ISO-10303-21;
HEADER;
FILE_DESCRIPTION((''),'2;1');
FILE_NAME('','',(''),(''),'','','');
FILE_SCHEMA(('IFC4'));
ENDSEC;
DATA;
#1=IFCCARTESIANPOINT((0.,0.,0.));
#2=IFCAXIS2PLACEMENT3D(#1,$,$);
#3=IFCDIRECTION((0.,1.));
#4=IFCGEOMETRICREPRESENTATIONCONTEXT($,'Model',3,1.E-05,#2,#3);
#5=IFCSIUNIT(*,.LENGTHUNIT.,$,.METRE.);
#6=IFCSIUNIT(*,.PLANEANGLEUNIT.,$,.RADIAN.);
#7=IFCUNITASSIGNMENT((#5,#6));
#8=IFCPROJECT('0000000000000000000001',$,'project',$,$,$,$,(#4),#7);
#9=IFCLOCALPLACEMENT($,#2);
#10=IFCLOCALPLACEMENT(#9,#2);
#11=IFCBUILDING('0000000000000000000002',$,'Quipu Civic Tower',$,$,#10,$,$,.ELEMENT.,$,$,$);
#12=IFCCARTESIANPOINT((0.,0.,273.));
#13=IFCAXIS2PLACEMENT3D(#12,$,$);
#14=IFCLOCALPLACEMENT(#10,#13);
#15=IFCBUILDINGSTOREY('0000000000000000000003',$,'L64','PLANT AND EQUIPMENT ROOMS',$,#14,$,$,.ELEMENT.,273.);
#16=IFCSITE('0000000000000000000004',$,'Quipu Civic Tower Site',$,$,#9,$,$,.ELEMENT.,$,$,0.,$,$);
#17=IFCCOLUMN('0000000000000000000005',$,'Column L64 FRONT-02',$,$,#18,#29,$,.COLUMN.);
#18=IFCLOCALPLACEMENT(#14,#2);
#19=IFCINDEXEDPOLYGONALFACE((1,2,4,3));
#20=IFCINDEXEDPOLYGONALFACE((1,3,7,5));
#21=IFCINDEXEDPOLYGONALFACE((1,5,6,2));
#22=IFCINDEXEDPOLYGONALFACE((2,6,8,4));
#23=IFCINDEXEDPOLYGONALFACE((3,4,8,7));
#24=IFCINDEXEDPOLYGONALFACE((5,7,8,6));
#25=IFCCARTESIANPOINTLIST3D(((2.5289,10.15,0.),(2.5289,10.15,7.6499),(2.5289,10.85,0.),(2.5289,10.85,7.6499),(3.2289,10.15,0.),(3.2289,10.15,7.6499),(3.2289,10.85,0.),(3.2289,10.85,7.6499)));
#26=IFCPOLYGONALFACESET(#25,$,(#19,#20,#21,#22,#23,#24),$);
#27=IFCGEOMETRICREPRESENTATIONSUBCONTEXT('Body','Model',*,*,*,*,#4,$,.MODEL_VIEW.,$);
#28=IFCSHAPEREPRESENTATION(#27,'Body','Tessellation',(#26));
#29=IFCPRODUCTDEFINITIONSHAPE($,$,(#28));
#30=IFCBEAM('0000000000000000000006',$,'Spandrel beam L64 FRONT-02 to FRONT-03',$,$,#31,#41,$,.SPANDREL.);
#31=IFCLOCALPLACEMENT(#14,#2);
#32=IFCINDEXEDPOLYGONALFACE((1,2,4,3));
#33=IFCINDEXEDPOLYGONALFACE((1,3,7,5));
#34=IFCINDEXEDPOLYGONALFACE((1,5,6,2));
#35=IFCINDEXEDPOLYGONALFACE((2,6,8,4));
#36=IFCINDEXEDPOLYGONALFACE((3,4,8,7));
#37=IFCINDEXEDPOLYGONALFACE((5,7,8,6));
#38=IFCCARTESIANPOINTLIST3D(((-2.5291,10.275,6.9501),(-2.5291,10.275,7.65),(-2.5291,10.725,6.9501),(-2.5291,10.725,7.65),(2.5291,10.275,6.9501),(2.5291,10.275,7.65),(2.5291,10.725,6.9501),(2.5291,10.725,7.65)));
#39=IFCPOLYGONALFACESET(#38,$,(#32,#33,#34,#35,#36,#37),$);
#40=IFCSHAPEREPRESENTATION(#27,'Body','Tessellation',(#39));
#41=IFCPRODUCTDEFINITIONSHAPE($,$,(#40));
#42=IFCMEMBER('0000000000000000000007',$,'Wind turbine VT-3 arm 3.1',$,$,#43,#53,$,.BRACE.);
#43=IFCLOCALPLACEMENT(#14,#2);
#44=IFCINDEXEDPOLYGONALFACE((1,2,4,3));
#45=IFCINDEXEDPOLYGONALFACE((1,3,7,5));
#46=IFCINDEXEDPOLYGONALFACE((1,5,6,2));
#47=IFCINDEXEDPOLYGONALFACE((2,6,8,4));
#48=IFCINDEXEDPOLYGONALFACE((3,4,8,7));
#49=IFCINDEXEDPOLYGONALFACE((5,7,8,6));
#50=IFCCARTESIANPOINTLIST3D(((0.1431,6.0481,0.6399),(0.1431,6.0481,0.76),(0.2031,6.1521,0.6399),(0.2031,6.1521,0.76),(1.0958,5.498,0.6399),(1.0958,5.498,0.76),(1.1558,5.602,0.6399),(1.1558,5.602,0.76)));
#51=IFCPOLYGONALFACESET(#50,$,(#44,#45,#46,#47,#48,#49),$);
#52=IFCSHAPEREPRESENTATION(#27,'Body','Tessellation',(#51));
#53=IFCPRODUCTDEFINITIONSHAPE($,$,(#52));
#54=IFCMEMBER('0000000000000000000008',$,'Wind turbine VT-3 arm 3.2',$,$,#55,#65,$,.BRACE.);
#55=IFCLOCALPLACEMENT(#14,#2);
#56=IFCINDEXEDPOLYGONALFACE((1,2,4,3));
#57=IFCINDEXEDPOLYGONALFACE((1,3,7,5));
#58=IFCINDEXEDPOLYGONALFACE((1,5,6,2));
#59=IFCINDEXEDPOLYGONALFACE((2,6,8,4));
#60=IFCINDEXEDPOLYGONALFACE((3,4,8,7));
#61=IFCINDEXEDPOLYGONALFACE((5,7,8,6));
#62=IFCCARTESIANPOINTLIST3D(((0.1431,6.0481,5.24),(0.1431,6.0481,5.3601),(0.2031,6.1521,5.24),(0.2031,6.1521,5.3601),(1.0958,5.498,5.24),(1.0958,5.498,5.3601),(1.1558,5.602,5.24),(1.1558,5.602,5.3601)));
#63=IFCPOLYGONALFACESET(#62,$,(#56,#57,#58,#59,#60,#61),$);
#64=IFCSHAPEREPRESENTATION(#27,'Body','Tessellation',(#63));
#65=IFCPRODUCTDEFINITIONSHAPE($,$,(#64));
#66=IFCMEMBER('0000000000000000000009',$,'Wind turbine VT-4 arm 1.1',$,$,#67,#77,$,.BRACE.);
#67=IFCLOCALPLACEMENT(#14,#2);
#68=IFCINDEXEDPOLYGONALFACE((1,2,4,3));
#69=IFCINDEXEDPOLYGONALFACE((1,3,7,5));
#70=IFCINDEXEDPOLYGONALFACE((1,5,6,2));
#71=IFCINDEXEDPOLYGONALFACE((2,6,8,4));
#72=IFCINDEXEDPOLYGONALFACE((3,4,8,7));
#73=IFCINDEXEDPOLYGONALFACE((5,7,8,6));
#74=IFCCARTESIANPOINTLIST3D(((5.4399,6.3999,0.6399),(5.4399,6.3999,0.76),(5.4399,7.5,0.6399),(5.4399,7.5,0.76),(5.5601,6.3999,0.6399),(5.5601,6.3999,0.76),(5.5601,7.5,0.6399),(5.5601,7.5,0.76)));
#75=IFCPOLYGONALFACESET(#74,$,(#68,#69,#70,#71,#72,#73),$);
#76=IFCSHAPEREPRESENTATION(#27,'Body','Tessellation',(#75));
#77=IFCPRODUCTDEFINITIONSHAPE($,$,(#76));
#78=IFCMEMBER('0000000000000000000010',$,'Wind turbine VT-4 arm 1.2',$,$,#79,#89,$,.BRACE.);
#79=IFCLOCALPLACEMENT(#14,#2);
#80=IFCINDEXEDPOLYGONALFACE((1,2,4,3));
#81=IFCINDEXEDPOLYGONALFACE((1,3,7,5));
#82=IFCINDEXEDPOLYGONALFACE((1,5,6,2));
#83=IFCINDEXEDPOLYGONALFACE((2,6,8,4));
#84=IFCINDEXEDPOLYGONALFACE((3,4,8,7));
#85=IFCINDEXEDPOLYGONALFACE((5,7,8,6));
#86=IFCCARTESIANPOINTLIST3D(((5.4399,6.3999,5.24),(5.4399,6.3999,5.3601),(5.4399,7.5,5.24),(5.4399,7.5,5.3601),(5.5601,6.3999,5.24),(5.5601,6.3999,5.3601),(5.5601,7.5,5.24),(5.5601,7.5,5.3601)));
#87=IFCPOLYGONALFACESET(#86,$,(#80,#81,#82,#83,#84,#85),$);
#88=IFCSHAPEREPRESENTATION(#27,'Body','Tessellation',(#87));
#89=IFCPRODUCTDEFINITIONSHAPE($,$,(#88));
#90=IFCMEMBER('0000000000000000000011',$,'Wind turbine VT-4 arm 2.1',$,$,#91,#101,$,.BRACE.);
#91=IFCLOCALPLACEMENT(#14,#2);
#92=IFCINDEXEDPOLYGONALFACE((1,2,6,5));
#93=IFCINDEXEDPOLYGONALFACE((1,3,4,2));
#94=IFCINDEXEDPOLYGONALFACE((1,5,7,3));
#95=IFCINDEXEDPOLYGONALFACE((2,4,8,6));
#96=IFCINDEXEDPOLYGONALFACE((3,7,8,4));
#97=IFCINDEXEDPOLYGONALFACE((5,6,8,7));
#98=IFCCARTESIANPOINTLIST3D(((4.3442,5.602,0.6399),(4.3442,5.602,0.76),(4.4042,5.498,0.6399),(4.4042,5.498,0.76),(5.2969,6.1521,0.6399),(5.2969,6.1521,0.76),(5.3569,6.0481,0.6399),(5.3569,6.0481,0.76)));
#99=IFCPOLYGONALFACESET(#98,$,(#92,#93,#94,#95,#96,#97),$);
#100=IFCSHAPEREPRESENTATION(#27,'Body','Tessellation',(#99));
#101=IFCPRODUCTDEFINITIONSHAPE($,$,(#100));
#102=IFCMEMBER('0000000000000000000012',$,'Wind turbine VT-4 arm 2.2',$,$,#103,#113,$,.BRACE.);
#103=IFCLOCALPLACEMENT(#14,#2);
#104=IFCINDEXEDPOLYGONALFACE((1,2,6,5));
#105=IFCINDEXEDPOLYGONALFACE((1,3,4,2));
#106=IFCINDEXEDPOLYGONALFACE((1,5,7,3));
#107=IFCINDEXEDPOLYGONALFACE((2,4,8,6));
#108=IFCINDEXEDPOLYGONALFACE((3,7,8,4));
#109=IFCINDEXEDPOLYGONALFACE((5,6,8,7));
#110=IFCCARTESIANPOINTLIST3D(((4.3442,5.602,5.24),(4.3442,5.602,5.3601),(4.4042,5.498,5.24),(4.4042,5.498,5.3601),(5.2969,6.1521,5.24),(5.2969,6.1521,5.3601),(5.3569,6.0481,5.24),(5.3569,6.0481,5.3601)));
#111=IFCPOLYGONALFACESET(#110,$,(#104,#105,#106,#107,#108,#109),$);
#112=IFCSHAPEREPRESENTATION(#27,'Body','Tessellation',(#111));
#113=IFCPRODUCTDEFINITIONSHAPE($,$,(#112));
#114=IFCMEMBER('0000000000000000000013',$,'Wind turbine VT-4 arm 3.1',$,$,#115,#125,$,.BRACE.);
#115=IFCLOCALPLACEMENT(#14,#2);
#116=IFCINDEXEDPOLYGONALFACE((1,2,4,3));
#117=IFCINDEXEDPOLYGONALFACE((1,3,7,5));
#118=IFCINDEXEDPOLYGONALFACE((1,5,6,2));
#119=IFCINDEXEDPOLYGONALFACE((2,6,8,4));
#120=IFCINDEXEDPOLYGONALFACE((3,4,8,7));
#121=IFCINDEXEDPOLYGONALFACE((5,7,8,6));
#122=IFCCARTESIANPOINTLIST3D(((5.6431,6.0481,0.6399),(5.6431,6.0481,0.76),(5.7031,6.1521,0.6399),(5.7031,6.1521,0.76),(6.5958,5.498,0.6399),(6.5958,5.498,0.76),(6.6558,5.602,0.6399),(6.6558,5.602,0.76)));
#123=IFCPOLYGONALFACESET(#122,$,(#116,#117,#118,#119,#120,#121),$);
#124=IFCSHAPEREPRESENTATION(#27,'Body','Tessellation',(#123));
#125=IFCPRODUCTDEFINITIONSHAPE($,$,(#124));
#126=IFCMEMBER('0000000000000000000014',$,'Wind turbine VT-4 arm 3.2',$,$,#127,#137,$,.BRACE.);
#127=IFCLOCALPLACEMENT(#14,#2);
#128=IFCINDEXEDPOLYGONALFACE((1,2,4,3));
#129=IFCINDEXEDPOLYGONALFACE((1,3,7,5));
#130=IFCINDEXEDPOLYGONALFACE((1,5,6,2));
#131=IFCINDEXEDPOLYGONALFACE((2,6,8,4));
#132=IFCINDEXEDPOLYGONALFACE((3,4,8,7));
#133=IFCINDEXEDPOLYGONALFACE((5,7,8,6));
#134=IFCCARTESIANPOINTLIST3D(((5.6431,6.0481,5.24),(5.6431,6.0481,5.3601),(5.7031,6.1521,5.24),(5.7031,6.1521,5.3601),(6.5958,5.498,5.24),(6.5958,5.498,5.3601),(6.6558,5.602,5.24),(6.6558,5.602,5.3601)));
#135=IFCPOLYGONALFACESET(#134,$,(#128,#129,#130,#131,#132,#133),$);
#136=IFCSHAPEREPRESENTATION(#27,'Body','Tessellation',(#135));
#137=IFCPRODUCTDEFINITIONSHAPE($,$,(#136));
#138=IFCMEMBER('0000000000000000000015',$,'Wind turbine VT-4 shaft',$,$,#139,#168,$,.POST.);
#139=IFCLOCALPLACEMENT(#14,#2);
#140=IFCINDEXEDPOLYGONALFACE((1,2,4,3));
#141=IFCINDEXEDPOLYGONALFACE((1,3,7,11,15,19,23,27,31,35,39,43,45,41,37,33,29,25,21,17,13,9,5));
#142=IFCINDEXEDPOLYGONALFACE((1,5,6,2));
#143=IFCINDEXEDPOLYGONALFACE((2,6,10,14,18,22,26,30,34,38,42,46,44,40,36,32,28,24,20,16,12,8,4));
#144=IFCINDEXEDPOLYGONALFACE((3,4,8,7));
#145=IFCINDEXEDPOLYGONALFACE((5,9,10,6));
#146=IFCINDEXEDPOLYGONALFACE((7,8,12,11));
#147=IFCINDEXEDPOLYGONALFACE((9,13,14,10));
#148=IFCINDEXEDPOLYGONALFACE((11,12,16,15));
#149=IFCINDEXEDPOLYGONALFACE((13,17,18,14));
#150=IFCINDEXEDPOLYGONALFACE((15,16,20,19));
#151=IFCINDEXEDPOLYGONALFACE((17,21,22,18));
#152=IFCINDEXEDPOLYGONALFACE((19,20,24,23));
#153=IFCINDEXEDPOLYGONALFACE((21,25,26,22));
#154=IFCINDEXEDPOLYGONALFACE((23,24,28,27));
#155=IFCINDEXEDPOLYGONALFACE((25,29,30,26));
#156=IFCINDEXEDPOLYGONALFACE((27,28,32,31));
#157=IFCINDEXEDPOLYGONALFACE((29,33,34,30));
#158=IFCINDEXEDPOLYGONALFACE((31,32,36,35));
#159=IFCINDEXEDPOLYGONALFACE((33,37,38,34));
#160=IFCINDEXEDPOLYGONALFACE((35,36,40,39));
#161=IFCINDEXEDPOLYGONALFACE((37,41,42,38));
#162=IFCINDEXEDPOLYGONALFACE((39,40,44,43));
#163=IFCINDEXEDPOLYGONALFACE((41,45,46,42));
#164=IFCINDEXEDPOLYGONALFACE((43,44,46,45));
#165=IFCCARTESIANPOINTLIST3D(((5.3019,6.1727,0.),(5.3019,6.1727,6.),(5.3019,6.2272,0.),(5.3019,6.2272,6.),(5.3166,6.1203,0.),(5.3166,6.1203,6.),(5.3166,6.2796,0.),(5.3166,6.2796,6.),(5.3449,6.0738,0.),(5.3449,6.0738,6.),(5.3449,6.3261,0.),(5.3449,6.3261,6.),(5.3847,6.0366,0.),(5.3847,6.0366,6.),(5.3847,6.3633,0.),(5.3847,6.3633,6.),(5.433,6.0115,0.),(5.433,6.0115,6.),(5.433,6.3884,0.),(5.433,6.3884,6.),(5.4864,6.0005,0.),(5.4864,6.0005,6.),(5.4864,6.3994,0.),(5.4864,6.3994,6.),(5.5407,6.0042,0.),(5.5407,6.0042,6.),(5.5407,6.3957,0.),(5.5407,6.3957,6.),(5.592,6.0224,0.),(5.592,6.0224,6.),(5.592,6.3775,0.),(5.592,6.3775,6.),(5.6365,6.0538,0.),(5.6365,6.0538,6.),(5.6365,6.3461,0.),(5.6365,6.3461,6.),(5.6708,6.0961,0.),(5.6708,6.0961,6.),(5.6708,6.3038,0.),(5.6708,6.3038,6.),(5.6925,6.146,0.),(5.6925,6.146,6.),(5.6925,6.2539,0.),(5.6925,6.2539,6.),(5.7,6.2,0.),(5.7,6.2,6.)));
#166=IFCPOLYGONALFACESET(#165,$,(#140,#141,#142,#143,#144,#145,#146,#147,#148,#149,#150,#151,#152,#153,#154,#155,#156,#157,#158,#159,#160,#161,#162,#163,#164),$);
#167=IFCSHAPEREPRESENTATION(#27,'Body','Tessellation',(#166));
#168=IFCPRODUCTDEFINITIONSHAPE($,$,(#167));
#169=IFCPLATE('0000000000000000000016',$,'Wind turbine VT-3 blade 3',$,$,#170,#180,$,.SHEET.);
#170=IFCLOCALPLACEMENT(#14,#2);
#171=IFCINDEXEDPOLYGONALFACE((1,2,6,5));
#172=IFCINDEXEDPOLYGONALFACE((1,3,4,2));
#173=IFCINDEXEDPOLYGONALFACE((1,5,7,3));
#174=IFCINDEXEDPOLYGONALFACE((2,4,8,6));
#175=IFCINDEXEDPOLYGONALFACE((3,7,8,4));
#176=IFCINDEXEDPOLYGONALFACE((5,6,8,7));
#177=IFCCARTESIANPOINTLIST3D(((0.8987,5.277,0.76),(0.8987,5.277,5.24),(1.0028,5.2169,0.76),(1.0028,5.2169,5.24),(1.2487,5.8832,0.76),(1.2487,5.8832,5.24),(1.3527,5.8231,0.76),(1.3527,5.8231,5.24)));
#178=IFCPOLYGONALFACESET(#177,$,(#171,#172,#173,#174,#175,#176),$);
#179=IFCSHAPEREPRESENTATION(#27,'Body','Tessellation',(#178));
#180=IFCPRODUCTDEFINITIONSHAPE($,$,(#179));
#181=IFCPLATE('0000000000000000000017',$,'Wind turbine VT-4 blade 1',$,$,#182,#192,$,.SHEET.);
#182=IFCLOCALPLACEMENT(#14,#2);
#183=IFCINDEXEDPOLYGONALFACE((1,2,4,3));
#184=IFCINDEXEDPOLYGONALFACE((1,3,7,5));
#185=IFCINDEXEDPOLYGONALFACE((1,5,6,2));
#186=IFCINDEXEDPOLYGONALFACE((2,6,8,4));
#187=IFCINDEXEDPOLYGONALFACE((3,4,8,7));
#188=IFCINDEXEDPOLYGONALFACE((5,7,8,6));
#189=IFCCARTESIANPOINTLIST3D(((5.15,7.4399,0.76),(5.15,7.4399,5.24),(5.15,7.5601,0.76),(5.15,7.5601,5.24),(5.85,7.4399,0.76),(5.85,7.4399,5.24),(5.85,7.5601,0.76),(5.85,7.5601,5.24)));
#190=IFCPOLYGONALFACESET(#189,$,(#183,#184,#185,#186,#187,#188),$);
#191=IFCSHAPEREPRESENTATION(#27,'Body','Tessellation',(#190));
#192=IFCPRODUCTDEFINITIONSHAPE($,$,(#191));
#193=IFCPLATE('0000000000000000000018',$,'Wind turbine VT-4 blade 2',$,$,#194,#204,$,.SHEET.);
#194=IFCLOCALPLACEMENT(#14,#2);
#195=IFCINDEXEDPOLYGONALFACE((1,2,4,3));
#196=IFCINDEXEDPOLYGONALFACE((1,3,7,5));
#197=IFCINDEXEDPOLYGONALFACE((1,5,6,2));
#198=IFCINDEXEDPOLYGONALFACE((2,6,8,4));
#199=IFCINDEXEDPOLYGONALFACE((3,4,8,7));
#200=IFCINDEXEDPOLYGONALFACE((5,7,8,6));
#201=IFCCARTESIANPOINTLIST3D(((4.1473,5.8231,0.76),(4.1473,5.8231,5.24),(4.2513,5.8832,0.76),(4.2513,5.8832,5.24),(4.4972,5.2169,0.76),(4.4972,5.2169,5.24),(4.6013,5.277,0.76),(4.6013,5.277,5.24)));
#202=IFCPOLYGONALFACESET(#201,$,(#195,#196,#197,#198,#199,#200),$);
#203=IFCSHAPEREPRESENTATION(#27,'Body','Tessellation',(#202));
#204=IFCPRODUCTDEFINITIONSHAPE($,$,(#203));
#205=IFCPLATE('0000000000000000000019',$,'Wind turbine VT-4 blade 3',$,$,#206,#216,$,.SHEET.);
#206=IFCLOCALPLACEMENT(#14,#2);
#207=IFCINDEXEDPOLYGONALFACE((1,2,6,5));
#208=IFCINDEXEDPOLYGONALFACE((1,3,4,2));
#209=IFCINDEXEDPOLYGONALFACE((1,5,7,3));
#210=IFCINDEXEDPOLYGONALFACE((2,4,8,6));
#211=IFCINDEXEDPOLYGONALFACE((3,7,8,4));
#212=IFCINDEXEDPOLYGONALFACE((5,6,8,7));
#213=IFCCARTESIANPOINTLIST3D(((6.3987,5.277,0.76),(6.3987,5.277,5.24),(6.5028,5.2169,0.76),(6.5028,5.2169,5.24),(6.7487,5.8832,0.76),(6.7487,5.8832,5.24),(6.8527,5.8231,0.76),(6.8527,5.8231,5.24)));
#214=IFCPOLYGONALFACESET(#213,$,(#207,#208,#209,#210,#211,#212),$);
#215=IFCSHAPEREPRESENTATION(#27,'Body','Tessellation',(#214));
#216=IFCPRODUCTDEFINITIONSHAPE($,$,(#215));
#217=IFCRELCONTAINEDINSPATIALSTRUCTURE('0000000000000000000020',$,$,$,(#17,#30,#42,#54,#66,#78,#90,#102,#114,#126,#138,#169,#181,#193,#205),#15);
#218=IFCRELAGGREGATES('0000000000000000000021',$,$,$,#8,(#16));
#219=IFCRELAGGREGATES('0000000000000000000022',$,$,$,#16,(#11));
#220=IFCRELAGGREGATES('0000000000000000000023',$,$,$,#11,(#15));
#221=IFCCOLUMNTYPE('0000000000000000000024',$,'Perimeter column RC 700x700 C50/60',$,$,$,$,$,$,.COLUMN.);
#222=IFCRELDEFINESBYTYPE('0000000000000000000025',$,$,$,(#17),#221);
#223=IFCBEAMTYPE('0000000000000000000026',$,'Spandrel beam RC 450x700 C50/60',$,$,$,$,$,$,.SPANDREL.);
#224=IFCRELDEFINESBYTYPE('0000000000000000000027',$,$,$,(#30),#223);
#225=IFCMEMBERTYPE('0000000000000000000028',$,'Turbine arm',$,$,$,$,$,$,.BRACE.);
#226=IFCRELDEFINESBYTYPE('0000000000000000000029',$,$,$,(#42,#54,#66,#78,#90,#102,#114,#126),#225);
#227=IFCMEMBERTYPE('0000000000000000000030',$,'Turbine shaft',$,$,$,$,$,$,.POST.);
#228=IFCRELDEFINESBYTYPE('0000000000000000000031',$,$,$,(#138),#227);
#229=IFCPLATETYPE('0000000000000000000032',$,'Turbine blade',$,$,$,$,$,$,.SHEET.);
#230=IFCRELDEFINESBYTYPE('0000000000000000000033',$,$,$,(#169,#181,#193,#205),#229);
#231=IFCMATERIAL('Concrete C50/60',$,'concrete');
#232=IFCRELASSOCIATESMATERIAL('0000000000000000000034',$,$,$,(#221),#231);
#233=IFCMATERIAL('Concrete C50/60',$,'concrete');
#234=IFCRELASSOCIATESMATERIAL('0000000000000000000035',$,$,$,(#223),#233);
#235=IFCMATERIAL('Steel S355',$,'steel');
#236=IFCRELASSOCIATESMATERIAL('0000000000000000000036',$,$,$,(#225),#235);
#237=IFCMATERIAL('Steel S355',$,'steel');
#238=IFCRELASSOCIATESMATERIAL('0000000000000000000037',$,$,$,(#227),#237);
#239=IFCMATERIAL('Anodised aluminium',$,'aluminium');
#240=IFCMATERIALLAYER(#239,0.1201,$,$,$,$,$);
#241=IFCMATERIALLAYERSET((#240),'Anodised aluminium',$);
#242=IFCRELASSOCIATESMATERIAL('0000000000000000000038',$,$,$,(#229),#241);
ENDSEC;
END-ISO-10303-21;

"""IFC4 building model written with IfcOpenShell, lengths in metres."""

from ifc_helpers import new_model, si_unit, direction, frame, origin, origin_2d, place, context, subcontext, project, spatial, rectangle, circle, extrude, material, layer, layer_set, material_profile, profile_set, type_object, element, save


model = new_model("IFC4")

# Units and contexts
model_context = context("Model", 3, precision=1e-05, world=origin(), true_north=direction((0.0, 1.0)))
body_context = subcontext(model_context, "Body", "Model", "MODEL_VIEW")
ifc_project = project(units=[si_unit("LENGTHUNIT", "METRE"), si_unit("PLANEANGLEUNIT", "RADIAN")], contexts=[model_context])

# Site, building, storey
site_placement = place(None, origin())
site = spatial("IfcSite", under=ifc_project, at=site_placement, Name="Quipu Civic Tower Site", CompositionType="ELEMENT", RefElevation=0.0)
building_placement = place(site_placement, origin())
building = spatial("IfcBuilding", under=site, at=building_placement, Name="Quipu Civic Tower", CompositionType="ELEMENT")
storey_placement = place(building_placement, frame((0.0, 0.0, 273.0)))
storey = spatial("IfcBuildingStorey", under=building, at=storey_placement, Name="L64", Description="PLANT AND EQUIPMENT ROOMS", CompositionType="ELEMENT", Elevation=273.0)

# Column
ifc_material_1 = material(Name="Concrete C50/60", Category="concrete")
ifc_material_profile_1 = material_profile(ifc_material_1, rectangle(XDim=0.7, YDim=0.7, at=origin_2d()), Name="RC700x700")
ifc_profile_set_1 = profile_set([ifc_material_profile_1], Name="Concrete C50/60")
column_type = type_object("IfcColumnType", Name="Perimeter column RC 700x700 C50/60", PredefinedType="COLUMN", material=ifc_profile_set_1)
column_placement = place(storey_placement, frame((2.8789, 10.5, 0.0), z_axis=(0.0, 0.0, 1.0), x_axis=(-1.0, 0.0, 0.0)))
element("IfcColumn", 1, at=column_placement, inside=storey, type_object=column_type, Name="Column L64 FRONT-02", PredefinedType="COLUMN", context=body_context, shape_type="SweptSolid", body=[
    extrude(rectangle(XDim=0.7, YDim=0.7, at=origin_2d()), origin(), (0.0, 0.0, 1.0), 7.6499),
])

# Beam
ifc_material_2 = material(Name="Concrete C50/60", Category="concrete")
ifc_material_profile_2 = material_profile(ifc_material_2, rectangle(XDim=0.45, YDim=0.7, at=origin_2d()), Name="RC450x700")
ifc_profile_set_2 = profile_set([ifc_material_profile_2], Name="Concrete C50/60")
beam_type = type_object("IfcBeamType", Name="Spandrel beam RC 450x700 C50/60", PredefinedType="SPANDREL", material=ifc_profile_set_2)
beam_placement = place(storey_placement, frame((2.5291, 10.5, 7.3), z_axis=(-1.0, 0.0, 0.0), x_axis=(0.0, -1.0, 0.0)))
element("IfcBeam", 2, at=beam_placement, inside=storey, type_object=beam_type, Name="Spandrel beam L64 FRONT-02 to FRONT-03", PredefinedType="SPANDREL", context=body_context, shape_type="SweptSolid", body=[
    extrude(rectangle(XDim=0.45, YDim=0.7, at=origin_2d()), origin(), (0.0, 0.0, 1.0), 5.0581),
])

# Members
ifc_material_3 = material(Name="Steel S355", Category="steel")
ifc_material_profile_3 = material_profile(ifc_material_3, rectangle(XDim=0.1201, YDim=0.1201, at=origin_2d()), Name="RECT 120x120")
ifc_profile_set_3 = profile_set([ifc_material_profile_3], Name="Steel S355")
member_type_1 = type_object("IfcMemberType", Name="Turbine arm", PredefinedType="BRACE", material=ifc_profile_set_3)
for number, where, z_axis, x_axis, name in (
    (3, (0.1731, 6.1001, 0.7), (0.866008, -0.50003, 0.0), (0.50003, 0.866008, 0.0), "Wind turbine VT-3 arm 3.1"),
    (4, (0.1731, 6.1001, 5.3), (0.866008, -0.50003, 0.0), (0.50003, 0.866008, 0.0), "Wind turbine VT-3 arm 3.2"),
    (5, (5.5, 6.3999, 0.7), (0.0, 1.0, 0.0), (-1.0, 0.0, 0.0), "Wind turbine VT-4 arm 1.1"),
    (6, (5.5, 6.3999, 5.3), (0.0, 1.0, 0.0), (-1.0, 0.0, 0.0), "Wind turbine VT-4 arm 1.2"),
    (7, (5.3269, 6.1001, 0.7), (-0.866008, -0.50003, 0.0), (0.50003, -0.866008, 0.0), "Wind turbine VT-4 arm 2.1"),
    (8, (5.3269, 6.1001, 5.3), (-0.866008, -0.50003, 0.0), (0.50003, -0.866008, 0.0), "Wind turbine VT-4 arm 2.2"),
    (9, (5.6731, 6.1001, 0.7), (0.866008, -0.50003, 0.0), (0.50003, 0.866008, 0.0), "Wind turbine VT-4 arm 3.1"),
    (10, (5.6731, 6.1001, 5.3), (0.866008, -0.50003, 0.0), (0.50003, 0.866008, 0.0), "Wind turbine VT-4 arm 3.2"),
):
    element("IfcMember", number, at=place(storey_placement, frame(where, z_axis=z_axis, x_axis=x_axis)), inside=storey, type_object=member_type_1, Name=name, PredefinedType="BRACE", context=body_context, shape_type="SweptSolid", body=[
        extrude(rectangle(XDim=0.1201, YDim=0.1201, at=origin_2d()), origin(), (0.0, 0.0, 1.0), 1.1001),
    ])
ifc_material_4 = material(Name="Steel S355", Category="steel")
ifc_material_profile_4 = material_profile(ifc_material_4, circle(Radius=0.2, at=origin_2d()), Name="CIRCLE 400")
ifc_profile_set_4 = profile_set([ifc_material_profile_4], Name="Steel S355")
member_type_2 = type_object("IfcMemberType", Name="Turbine shaft", PredefinedType="POST", material=ifc_profile_set_4)
member_placement = place(storey_placement, frame((5.5, 6.2, 0.0), z_axis=(0.0, 0.0, 1.0), x_axis=(1.0, 0.0, 0.0)))
element("IfcMember", 11, at=member_placement, inside=storey, type_object=member_type_2, Name="Wind turbine VT-4 shaft", PredefinedType="POST", context=body_context, shape_type="SweptSolid", body=[
    extrude(circle(Radius=0.2, at=origin_2d()), origin(), (0.0, 0.0, 1.0), 6.0),
])

# Plates
ifc_material_5 = material(Name="Anodised aluminium", Category="aluminium")
ifc_layer_1 = layer(ifc_material_5, 0.1201)
ifc_layer_set_1 = layer_set([ifc_layer_1], Name="Anodised aluminium")
plate_type = type_object("IfcPlateType", Name="Turbine blade", PredefinedType="SHEET", material=ifc_layer_set_1)
for number, where, z_axis, x_axis, name in (
    (12, (1.1257, 5.55, 0.76), (0.0, 0.0, 1.0), (0.5, 0.866025, 0.0), "Wind turbine VT-3 blade 3"),
    (13, (5.5, 7.5, 0.76), (0.0, 0.0, 1.0), (-1.0, 0.0, 0.0), "Wind turbine VT-4 blade 1"),
    (14, (4.3743, 5.55, 0.76), (0.0, 0.0, 1.0), (0.5, -0.866025, 0.0), "Wind turbine VT-4 blade 2"),
    (15, (6.6257, 5.55, 0.76), (0.0, 0.0, 1.0), (0.5, 0.866025, 0.0), "Wind turbine VT-4 blade 3"),
):
    element("IfcPlate", number, at=place(storey_placement, frame(where, z_axis=z_axis, x_axis=x_axis)), inside=storey, type_object=plate_type, Name=name, PredefinedType="SHEET", context=body_context, shape_type="SweptSolid", body=[
        extrude(rectangle(XDim=0.7, YDim=0.1201, at=origin_2d()), origin(), (0.0, 0.0, 1.0), 4.48),
    ])

save(model, "model.ifc")
